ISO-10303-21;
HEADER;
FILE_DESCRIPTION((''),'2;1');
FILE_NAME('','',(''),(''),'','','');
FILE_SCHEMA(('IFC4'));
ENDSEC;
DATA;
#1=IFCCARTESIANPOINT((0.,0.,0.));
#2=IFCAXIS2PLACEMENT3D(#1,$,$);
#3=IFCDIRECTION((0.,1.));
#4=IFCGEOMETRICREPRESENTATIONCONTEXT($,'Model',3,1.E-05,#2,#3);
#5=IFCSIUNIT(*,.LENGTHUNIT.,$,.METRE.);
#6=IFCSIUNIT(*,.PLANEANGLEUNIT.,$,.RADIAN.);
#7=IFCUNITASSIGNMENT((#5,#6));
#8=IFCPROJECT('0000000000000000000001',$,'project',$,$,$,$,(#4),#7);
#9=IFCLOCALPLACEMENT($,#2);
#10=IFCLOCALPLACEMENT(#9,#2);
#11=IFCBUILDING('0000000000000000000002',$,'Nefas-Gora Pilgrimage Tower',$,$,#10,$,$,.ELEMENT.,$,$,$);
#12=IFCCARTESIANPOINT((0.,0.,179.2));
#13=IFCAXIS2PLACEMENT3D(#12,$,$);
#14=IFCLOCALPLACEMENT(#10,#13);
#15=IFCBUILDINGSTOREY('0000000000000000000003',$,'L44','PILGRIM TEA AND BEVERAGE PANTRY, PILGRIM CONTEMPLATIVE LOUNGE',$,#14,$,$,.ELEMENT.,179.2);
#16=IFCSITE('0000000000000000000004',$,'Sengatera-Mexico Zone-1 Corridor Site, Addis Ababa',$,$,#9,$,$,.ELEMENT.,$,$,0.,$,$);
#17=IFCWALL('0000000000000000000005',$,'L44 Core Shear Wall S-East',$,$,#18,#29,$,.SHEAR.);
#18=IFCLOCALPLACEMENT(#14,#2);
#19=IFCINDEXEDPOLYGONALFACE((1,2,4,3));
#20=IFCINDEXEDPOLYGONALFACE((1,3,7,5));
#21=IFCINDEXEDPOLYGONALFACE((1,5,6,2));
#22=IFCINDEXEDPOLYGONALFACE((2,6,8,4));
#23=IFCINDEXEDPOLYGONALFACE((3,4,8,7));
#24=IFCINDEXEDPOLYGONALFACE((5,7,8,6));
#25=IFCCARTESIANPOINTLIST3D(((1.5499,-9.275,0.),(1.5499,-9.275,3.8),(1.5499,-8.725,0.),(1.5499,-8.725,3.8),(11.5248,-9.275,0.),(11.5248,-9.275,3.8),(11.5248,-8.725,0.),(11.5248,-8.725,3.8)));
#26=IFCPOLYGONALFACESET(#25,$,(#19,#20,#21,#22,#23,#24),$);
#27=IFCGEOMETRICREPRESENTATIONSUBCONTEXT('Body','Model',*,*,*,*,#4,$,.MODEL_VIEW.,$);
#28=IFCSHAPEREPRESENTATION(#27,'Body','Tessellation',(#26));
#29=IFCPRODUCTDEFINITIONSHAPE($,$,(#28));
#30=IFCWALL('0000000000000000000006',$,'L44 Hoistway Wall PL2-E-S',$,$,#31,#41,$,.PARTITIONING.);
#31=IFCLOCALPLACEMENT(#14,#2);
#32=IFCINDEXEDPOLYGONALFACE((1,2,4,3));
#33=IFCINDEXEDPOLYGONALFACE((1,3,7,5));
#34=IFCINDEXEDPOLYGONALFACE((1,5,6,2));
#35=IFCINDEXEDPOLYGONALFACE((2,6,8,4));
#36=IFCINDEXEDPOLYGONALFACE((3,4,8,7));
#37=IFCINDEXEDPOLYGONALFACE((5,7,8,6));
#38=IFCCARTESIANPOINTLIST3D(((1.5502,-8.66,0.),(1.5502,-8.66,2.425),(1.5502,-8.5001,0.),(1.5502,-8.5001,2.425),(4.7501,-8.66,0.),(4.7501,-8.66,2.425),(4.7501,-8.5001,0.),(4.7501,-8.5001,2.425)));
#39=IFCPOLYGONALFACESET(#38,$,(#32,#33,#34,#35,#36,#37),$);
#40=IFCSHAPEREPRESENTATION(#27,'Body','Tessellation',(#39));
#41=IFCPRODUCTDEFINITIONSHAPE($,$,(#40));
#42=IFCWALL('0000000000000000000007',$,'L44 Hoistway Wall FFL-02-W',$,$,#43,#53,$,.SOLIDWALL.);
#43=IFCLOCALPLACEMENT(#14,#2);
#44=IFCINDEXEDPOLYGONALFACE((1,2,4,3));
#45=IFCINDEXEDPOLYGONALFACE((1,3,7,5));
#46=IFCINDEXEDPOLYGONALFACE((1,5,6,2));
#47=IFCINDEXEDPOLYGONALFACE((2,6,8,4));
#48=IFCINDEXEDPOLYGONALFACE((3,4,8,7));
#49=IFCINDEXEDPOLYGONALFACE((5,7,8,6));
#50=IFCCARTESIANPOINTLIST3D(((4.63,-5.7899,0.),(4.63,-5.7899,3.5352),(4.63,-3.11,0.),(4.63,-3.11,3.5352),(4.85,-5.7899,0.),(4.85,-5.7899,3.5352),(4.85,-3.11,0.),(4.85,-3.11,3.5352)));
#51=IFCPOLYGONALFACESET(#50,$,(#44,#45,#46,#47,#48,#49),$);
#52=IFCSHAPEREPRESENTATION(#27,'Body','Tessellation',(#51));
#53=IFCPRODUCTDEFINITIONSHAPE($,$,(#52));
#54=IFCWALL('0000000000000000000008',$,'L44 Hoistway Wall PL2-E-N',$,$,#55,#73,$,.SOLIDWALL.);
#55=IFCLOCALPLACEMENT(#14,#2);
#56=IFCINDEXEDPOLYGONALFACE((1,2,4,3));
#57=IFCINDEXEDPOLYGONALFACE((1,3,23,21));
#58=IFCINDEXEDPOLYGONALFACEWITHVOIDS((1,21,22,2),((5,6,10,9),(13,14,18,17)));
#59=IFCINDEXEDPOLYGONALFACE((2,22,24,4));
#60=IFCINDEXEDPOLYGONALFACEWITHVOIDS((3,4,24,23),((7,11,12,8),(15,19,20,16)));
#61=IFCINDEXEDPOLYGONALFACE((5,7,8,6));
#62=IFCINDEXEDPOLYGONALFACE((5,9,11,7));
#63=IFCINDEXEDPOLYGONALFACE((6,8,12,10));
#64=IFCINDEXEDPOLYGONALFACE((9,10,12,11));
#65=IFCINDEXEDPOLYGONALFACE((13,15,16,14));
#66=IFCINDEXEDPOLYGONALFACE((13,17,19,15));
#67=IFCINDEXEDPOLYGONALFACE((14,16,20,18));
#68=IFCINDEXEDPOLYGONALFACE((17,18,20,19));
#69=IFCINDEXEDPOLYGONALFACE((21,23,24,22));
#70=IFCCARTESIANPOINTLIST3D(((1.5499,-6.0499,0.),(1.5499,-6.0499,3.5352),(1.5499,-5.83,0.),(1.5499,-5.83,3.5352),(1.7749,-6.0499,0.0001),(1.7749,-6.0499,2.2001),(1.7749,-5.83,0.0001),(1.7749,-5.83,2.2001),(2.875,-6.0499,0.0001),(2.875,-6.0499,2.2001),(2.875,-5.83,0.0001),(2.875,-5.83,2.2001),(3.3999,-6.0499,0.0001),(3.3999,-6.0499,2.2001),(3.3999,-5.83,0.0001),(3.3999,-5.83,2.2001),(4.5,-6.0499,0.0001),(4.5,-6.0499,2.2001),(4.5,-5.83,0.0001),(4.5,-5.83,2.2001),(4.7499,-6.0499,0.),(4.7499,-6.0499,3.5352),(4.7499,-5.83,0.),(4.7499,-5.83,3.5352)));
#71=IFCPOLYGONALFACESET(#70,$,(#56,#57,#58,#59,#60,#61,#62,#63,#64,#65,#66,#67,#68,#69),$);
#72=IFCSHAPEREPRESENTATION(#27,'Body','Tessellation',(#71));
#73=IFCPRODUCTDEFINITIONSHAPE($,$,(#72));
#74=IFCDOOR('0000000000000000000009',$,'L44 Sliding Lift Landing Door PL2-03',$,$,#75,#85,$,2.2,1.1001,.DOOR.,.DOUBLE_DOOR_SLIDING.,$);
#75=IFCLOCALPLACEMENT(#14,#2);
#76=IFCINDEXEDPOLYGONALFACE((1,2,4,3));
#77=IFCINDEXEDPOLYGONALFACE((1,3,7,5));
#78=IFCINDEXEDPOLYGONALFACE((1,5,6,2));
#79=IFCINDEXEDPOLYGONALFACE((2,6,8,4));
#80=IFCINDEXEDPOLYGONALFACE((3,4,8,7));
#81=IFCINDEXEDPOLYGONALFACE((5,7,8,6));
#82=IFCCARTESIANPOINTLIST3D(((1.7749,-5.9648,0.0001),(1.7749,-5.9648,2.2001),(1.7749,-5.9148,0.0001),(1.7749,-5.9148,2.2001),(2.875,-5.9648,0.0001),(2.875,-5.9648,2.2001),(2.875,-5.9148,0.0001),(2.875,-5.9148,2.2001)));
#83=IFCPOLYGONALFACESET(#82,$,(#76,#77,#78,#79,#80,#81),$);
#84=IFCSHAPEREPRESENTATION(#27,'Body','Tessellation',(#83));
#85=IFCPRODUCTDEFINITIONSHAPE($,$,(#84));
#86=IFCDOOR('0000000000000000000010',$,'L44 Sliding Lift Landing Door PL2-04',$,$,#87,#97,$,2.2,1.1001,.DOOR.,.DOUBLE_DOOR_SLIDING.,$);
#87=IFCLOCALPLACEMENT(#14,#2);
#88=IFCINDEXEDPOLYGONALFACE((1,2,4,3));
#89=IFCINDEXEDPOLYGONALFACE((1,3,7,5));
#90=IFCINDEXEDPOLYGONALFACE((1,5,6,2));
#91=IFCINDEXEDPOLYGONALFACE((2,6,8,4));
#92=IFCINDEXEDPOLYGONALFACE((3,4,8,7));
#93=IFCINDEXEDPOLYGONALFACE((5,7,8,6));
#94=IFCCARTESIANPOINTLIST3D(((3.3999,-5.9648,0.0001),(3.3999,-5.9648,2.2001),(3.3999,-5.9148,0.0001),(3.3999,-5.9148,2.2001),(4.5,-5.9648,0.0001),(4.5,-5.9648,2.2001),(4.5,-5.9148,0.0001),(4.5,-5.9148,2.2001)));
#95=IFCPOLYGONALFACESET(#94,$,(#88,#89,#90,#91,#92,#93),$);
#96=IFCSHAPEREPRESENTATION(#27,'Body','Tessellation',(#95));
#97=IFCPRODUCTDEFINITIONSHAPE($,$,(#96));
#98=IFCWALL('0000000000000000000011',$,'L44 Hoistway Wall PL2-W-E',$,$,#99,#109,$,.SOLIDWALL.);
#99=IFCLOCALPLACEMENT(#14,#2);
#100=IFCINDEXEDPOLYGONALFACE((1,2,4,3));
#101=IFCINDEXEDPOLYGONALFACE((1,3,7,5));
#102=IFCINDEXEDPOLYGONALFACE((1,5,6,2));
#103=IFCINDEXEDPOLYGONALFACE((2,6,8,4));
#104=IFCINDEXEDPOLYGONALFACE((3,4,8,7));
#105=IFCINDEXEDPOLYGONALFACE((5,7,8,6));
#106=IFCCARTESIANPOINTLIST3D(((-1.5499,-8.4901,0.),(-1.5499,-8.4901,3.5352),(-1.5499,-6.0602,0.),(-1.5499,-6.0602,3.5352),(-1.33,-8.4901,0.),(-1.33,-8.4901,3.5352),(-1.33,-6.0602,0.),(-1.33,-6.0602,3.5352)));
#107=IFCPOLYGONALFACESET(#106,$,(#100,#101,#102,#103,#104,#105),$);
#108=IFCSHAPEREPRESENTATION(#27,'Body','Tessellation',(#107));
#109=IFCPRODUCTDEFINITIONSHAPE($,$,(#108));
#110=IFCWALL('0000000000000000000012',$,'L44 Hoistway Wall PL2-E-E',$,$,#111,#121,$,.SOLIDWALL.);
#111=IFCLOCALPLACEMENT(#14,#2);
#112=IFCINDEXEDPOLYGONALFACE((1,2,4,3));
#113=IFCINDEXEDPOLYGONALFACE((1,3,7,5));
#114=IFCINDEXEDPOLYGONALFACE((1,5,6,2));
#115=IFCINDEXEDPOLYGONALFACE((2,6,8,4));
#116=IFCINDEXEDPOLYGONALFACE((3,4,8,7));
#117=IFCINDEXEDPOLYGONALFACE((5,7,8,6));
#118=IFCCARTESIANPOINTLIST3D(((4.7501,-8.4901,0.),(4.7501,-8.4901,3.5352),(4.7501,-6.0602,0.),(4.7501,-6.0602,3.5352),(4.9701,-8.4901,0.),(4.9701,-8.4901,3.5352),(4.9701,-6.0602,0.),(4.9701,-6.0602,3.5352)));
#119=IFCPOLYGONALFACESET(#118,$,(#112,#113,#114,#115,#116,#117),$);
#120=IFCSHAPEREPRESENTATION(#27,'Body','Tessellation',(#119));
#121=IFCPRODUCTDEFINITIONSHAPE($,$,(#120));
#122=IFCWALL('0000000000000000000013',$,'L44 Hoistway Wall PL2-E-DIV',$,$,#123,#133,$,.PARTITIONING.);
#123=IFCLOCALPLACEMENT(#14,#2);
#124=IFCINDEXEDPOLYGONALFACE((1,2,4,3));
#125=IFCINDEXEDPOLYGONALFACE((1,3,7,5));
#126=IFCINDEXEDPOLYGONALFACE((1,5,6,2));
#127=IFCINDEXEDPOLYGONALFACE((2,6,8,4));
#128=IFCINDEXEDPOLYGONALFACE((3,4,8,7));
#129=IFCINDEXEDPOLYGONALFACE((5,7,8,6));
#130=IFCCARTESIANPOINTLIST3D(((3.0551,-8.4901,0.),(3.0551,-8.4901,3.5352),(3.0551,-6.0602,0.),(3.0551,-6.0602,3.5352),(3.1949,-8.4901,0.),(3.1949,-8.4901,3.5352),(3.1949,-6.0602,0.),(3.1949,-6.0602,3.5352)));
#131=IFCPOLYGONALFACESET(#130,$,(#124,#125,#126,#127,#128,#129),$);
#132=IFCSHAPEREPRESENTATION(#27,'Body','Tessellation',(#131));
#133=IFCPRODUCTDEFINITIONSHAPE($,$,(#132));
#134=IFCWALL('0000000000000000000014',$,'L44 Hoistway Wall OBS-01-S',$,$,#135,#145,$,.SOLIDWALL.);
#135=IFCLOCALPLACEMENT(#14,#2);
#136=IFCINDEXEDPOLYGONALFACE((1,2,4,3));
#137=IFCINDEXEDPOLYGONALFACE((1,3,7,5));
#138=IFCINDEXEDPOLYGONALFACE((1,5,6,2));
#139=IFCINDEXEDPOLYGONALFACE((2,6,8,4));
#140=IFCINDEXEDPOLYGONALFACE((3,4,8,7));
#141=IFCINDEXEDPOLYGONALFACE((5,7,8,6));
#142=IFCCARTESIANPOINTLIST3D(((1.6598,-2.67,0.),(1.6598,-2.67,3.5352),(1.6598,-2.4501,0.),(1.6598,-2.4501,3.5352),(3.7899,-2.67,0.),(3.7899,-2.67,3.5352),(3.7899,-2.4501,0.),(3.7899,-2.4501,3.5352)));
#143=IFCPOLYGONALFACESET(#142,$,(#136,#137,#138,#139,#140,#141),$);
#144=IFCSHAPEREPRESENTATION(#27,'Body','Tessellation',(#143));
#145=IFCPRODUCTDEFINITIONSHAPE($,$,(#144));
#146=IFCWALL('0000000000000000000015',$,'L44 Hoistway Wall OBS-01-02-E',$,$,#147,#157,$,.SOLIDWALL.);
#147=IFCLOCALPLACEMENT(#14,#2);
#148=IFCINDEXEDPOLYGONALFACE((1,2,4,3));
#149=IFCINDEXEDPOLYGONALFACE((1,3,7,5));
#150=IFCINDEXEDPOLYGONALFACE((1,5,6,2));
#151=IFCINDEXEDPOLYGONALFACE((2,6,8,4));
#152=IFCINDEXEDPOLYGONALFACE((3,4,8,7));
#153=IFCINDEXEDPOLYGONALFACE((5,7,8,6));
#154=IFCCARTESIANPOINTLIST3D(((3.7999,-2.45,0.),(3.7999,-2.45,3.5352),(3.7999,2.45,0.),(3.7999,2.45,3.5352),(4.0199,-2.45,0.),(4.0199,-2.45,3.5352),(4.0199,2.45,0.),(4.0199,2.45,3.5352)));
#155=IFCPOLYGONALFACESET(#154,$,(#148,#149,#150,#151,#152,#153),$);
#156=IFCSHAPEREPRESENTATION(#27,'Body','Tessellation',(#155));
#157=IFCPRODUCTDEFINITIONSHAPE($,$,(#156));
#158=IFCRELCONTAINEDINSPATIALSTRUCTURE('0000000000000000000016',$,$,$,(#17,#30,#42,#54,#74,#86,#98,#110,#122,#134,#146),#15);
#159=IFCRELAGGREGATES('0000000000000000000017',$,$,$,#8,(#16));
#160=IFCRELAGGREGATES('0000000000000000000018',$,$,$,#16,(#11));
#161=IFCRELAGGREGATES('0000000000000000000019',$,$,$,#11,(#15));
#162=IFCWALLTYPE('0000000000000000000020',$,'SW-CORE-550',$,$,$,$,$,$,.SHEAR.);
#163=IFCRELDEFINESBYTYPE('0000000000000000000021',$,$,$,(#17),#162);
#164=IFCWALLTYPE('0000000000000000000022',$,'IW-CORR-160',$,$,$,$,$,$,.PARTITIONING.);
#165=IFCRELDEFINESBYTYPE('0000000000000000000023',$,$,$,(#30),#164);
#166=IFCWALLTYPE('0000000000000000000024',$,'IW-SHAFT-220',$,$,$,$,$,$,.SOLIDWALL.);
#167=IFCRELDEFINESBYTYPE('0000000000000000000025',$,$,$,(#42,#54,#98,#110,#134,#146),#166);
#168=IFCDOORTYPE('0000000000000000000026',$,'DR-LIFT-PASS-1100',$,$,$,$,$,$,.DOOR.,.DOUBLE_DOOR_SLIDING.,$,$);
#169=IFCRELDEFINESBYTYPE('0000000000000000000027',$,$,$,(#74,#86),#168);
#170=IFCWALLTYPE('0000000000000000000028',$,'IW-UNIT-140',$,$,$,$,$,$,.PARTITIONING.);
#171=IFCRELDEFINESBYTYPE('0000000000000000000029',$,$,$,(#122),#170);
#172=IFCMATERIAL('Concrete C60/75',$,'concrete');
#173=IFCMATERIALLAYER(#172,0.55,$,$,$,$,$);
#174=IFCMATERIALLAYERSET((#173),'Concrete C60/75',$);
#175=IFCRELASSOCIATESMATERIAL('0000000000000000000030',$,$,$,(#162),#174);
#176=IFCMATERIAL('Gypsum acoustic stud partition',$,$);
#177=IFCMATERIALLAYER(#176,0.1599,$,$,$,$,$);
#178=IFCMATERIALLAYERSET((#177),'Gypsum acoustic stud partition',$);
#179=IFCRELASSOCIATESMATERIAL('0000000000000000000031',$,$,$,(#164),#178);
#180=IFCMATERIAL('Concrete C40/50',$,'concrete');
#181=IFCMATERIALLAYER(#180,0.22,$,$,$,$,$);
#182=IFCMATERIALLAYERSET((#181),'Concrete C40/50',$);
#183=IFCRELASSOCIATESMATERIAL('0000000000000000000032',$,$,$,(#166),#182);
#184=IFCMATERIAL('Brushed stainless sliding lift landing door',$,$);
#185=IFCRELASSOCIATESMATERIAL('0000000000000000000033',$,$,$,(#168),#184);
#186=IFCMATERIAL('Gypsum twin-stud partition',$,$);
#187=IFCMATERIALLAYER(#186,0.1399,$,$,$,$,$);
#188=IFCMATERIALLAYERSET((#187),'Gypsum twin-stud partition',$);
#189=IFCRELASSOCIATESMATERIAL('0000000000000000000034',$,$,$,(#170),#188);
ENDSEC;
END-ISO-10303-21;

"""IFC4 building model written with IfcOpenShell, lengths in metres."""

from ifc_helpers import new_model, si_unit, direction, frame, frame_2d, origin, place, context, subcontext, project, spatial, rectangle, extrude, source, transform, mapped, material, layer, layer_set, type_object, element, fill, save


model = new_model("IFC4")

# Units and contexts
model_context = context("Model", 3, precision=1e-05, world=origin(), true_north=direction((0.0, 1.0)))
body_context = subcontext(model_context, "Body", "Model", "MODEL_VIEW")
ifc_project = project(units=[si_unit("LENGTHUNIT", "METRE"), si_unit("PLANEANGLEUNIT", "RADIAN")], contexts=[model_context])

# Site, building, storey
site_placement = place(None, origin())
site = spatial("IfcSite", under=ifc_project, at=site_placement, Name="Sengatera-Mexico Zone-1 Corridor Site, Addis Ababa", CompositionType="ELEMENT", RefElevation=0.0)
building_placement = place(site_placement, origin())
building = spatial("IfcBuilding", under=site, at=building_placement, Name="Nefas-Gora Pilgrimage Tower", CompositionType="ELEMENT")
storey_placement = place(building_placement, frame((0.0, 0.0, 179.2)))
storey = spatial("IfcBuildingStorey", under=building, at=storey_placement, Name="L44", Description="PILGRIM TEA AND BEVERAGE PANTRY, PILGRIM CONTEMPLATIVE LOUNGE", CompositionType="ELEMENT", Elevation=179.2)

# Walls
ifc_material_1 = material(Name="Concrete C60/75", Category="concrete")
ifc_layer_1 = layer(ifc_material_1, 0.55)
ifc_layer_set_1 = layer_set([ifc_layer_1], Name="Concrete C60/75")
wall_type_1 = type_object("IfcWallType", Name="SW-CORE-550", PredefinedType="SHEAR", material=ifc_layer_set_1)
shared_shape_1 = source(origin(), body_context, "Body", "SweptSolid", [
    extrude(rectangle(XDim=9.9749, YDim=0.55, at=frame_2d((4.9873, 0.0))), origin(), (0.0, 0.0, 1.0), 3.8),
])
wall_1_placement = place(storey_placement, frame((1.55, -9.0, 0.0), z_axis=(0.0, 0.0, 1.0), x_axis=(1.0, 0.0, 0.0)))
element("IfcWall", 1, at=wall_1_placement, inside=storey, type_object=wall_type_1, Name="L44 Core Shear Wall S-East", PredefinedType="SHEAR", context=body_context, shape_type="MappedRepresentation", body=[
    mapped(shared_shape_1, transform((0.0, 0.0, 0.0), x_axis=(1.0, 0.0, 0.0), y_axis=(0.0, 1.0, 0.0), z_axis=(0.0, 0.0, 1.0), scale=1.0)),
])
ifc_material_2 = material(Name="Gypsum acoustic stud partition")
ifc_layer_2 = layer(ifc_material_2, 0.1599)
ifc_layer_set_2 = layer_set([ifc_layer_2], Name="Gypsum acoustic stud partition")
wall_type_2 = type_object("IfcWallType", Name="IW-CORR-160", PredefinedType="PARTITIONING", material=ifc_layer_set_2)
shared_shape_2 = source(origin(), body_context, "Body", "SweptSolid", [
    extrude(rectangle(XDim=3.2, YDim=0.1599, at=frame_2d((1.6001, 0.0))), origin(), (0.0, 0.0, 1.0), 2.425),
])
wall_2_placement = place(storey_placement, frame((1.55, -8.5801, 0.0), z_axis=(0.0, 0.0, 1.0), x_axis=(1.0, 0.0, 0.0)))
element("IfcWall", 2, at=wall_2_placement, inside=storey, type_object=wall_type_2, Name="L44 Hoistway Wall PL2-E-S", PredefinedType="PARTITIONING", context=body_context, shape_type="MappedRepresentation", body=[
    mapped(shared_shape_2, transform((0.0, 0.0, 0.0), x_axis=(1.0, 0.0, 0.0), y_axis=(0.0, 1.0, 0.0), z_axis=(0.0, 0.0, 1.0), scale=1.0)),
])
ifc_material_3 = material(Name="Concrete C40/50", Category="concrete")
ifc_layer_3 = layer(ifc_material_3, 0.22)
ifc_layer_set_3 = layer_set([ifc_layer_3], Name="Concrete C40/50")
wall_type_3 = type_object("IfcWallType", Name="IW-SHAFT-220", PredefinedType="SOLIDWALL", material=ifc_layer_set_3)
shared_shape_3 = source(origin(), body_context, "Body", "SweptSolid", [
    extrude(rectangle(XDim=2.6799, YDim=0.22, at=frame_2d((1.3398, 0.0))), origin(), (0.0, 0.0, 1.0), 3.5352),
])
wall_3_placement = place(storey_placement, frame((4.74, -3.1101, 0.0), z_axis=(0.0, 0.0, 1.0), x_axis=(0.0, -1.0, 0.0)))
element("IfcWall", 3, at=wall_3_placement, inside=storey, type_object=wall_type_3, Name="L44 Hoistway Wall FFL-02-W", PredefinedType="SOLIDWALL", context=body_context, shape_type="MappedRepresentation", body=[
    mapped(shared_shape_3, transform((0.0, 0.0, 0.0), x_axis=(1.0, 0.0, 0.0), y_axis=(0.0, 1.0, 0.0), z_axis=(0.0, 0.0, 1.0), scale=1.0)),
])

# Wall, openings, doors
shared_shape_4 = source(origin(), body_context, "Body", "SweptSolid", [
    extrude(rectangle(XDim=3.2, YDim=0.22, at=frame_2d((1.6001, 0.0))), origin(), (0.0, 0.0, 1.0), 3.5352),
])
wall_4_placement = place(storey_placement, frame((4.75, -5.9399, 0.0), z_axis=(0.0, 0.0, 1.0), x_axis=(-1.0, 0.0, 0.0)))
wall_4 = element("IfcWall", 4, at=wall_4_placement, inside=storey, type_object=wall_type_3, Name="L44 Hoistway Wall PL2-E-N", PredefinedType="SOLIDWALL", context=body_context, shape_type="MappedRepresentation", body=[
    mapped(shared_shape_4, transform((0.0, 0.0, 0.0), x_axis=(1.0, 0.0, 0.0), y_axis=(0.0, 1.0, 0.0), z_axis=(0.0, 0.0, 1.0), scale=1.0)),
])
opening_1_placement = place(wall_4_placement, frame((1.875, 0.0, 0.0)))
opening_1 = element("IfcOpeningElement", 5, at=opening_1_placement, cuts=wall_4, PredefinedType="OPENING", context=body_context, shape_type="SweptSolid", body=[
    extrude(rectangle(XDim=1.1001, YDim=2.2, at=frame_2d((0.55, 1.1001))), frame((0.0, 0.1199, 0.0), z_axis=(0.0, -1.0, 0.0), x_axis=(1.0, 0.0, 0.0)), (0.0, 0.0, 1.0), 0.24),
])
opening_2_placement = place(wall_4_placement, frame((0.25, 0.0, 0.0)))
opening_2 = element("IfcOpeningElement", 6, at=opening_2_placement, cuts=wall_4, PredefinedType="OPENING", context=body_context, shape_type="SweptSolid", body=[
    extrude(rectangle(XDim=1.1001, YDim=2.2, at=frame_2d((0.55, 1.1001))), frame((0.0, 0.1199, 0.0), z_axis=(0.0, -1.0, 0.0), x_axis=(1.0, 0.0, 0.0)), (0.0, 0.0, 1.0), 0.24),
])
ifc_material_4 = material(Name="Brushed stainless sliding lift landing door")
door_type_1 = type_object("IfcDoorType", Name="DR-LIFT-PASS-1100", OperationType="DOUBLE_DOOR_SLIDING", PredefinedType="DOOR", material=ifc_material_4)
shared_shape_5 = source(origin(), body_context, "Body", "SweptSolid", [
    extrude(rectangle(XDim=1.1001, YDim=2.2, at=frame_2d((0.55, 1.1001))), frame((0.0, 0.0249, 0.0), z_axis=(0.0, -1.0, 0.0), x_axis=(1.0, 0.0, 0.0)), (0.0, 0.0, 1.0), 0.05),
])
door_1_placement = place(opening_1_placement, origin())
door_1 = element("IfcDoor", 7, at=door_1_placement, inside=storey, type_object=door_type_1, Name="L44 Sliding Lift Landing Door PL2-03", OperationType="DOUBLE_DOOR_SLIDING", OverallHeight=2.2, OverallWidth=1.1001, PredefinedType="DOOR", context=body_context, shape_type="MappedRepresentation", body=[
    mapped(shared_shape_5, transform((0.0, 0.0, 0.0), x_axis=(1.0, 0.0, 0.0), y_axis=(0.0, 1.0, 0.0), z_axis=(0.0, 0.0, 1.0), scale=1.0)),
])
fill(opening_1, door_1)
door_2_placement = place(opening_2_placement, origin())
door_2 = element("IfcDoor", 8, at=door_2_placement, inside=storey, type_object=door_type_1, Name="L44 Sliding Lift Landing Door PL2-04", OperationType="DOUBLE_DOOR_SLIDING", OverallHeight=2.2, OverallWidth=1.1001, PredefinedType="DOOR", context=body_context, shape_type="MappedRepresentation", body=[
    mapped(shared_shape_5, transform((0.0, 0.0, 0.0), x_axis=(1.0, 0.0, 0.0), y_axis=(0.0, 1.0, 0.0), z_axis=(0.0, 0.0, 1.0), scale=1.0)),
])
fill(opening_2, door_2)

# Walls
shared_shape_6 = source(origin(), body_context, "Body", "SweptSolid", [
    extrude(rectangle(XDim=2.4299, YDim=0.22, at=frame_2d((1.2148, 0.0))), origin(), (0.0, 0.0, 1.0), 3.5352),
])
for number, where, z_axis, x_axis, name in (
    (9, (-1.4399, -8.49, 0.0), (0.0, 0.0, 1.0), (0.0, 1.0, 0.0), "L44 Hoistway Wall PL2-W-E"),
    (10, (4.8601, -8.49, 0.0), (0.0, 0.0, 1.0), (0.0, 1.0, 0.0), "L44 Hoistway Wall PL2-E-E"),
):
    element("IfcWall", number, at=place(storey_placement, frame(where, z_axis=z_axis, x_axis=x_axis)), inside=storey, type_object=wall_type_3, Name=name, PredefinedType="SOLIDWALL", context=body_context, shape_type="MappedRepresentation", body=[
        mapped(shared_shape_6, transform((0.0, 0.0, 0.0), x_axis=(1.0, 0.0, 0.0), y_axis=(0.0, 1.0, 0.0), z_axis=(0.0, 0.0, 1.0), scale=1.0)),
    ])
ifc_material_5 = material(Name="Gypsum twin-stud partition")
ifc_layer_4 = layer(ifc_material_5, 0.1399)
ifc_layer_set_4 = layer_set([ifc_layer_4], Name="Gypsum twin-stud partition")
wall_type_4 = type_object("IfcWallType", Name="IW-UNIT-140", PredefinedType="PARTITIONING", material=ifc_layer_set_4)
shared_shape_7 = source(origin(), body_context, "Body", "SweptSolid", [
    extrude(rectangle(XDim=2.4299, YDim=0.1399, at=frame_2d((1.2148, 0.0))), origin(), (0.0, 0.0, 1.0), 3.5352),
])
wall_5_placement = place(storey_placement, frame((3.125, -8.49, 0.0), z_axis=(0.0, 0.0, 1.0), x_axis=(0.0, 1.0, 0.0)))
element("IfcWall", 11, at=wall_5_placement, inside=storey, type_object=wall_type_4, Name="L44 Hoistway Wall PL2-E-DIV", PredefinedType="PARTITIONING", context=body_context, shape_type="MappedRepresentation", body=[
    mapped(shared_shape_7, transform((0.0, 0.0, 0.0), x_axis=(1.0, 0.0, 0.0), y_axis=(0.0, 1.0, 0.0), z_axis=(0.0, 0.0, 1.0), scale=1.0)),
])
shared_shape_8 = source(origin(), body_context, "Body", "SweptSolid", [
    extrude(rectangle(XDim=2.1301, YDim=0.22, at=frame_2d((1.0649, 0.0))), origin(), (0.0, 0.0, 1.0), 3.5352),
])
wall_6_placement = place(storey_placement, frame((1.6599, -2.5601, 0.0), z_axis=(0.0, 0.0, 1.0), x_axis=(1.0, 0.0, 0.0)))
element("IfcWall", 12, at=wall_6_placement, inside=storey, type_object=wall_type_3, Name="L44 Hoistway Wall OBS-01-S", PredefinedType="SOLIDWALL", context=body_context, shape_type="MappedRepresentation", body=[
    mapped(shared_shape_8, transform((0.0, 0.0, 0.0), x_axis=(1.0, 0.0, 0.0), y_axis=(0.0, 1.0, 0.0), z_axis=(0.0, 0.0, 1.0), scale=1.0)),
])
shared_shape_9 = source(origin(), body_context, "Body", "SweptSolid", [
    extrude(rectangle(XDim=4.8999, YDim=0.22, at=frame_2d((2.45, 0.0))), origin(), (0.0, 0.0, 1.0), 3.5352),
])
wall_7_placement = place(storey_placement, frame((3.9099, -2.45, 0.0), z_axis=(0.0, 0.0, 1.0), x_axis=(0.0, 1.0, 0.0)))
element("IfcWall", 13, at=wall_7_placement, inside=storey, type_object=wall_type_3, Name="L44 Hoistway Wall OBS-01-02-E", PredefinedType="SOLIDWALL", context=body_context, shape_type="MappedRepresentation", body=[
    mapped(shared_shape_9, transform((0.0, 0.0, 0.0), x_axis=(1.0, 0.0, 0.0), y_axis=(0.0, 1.0, 0.0), z_axis=(0.0, 0.0, 1.0), scale=1.0)),
])

save(model, "model.ifc")
